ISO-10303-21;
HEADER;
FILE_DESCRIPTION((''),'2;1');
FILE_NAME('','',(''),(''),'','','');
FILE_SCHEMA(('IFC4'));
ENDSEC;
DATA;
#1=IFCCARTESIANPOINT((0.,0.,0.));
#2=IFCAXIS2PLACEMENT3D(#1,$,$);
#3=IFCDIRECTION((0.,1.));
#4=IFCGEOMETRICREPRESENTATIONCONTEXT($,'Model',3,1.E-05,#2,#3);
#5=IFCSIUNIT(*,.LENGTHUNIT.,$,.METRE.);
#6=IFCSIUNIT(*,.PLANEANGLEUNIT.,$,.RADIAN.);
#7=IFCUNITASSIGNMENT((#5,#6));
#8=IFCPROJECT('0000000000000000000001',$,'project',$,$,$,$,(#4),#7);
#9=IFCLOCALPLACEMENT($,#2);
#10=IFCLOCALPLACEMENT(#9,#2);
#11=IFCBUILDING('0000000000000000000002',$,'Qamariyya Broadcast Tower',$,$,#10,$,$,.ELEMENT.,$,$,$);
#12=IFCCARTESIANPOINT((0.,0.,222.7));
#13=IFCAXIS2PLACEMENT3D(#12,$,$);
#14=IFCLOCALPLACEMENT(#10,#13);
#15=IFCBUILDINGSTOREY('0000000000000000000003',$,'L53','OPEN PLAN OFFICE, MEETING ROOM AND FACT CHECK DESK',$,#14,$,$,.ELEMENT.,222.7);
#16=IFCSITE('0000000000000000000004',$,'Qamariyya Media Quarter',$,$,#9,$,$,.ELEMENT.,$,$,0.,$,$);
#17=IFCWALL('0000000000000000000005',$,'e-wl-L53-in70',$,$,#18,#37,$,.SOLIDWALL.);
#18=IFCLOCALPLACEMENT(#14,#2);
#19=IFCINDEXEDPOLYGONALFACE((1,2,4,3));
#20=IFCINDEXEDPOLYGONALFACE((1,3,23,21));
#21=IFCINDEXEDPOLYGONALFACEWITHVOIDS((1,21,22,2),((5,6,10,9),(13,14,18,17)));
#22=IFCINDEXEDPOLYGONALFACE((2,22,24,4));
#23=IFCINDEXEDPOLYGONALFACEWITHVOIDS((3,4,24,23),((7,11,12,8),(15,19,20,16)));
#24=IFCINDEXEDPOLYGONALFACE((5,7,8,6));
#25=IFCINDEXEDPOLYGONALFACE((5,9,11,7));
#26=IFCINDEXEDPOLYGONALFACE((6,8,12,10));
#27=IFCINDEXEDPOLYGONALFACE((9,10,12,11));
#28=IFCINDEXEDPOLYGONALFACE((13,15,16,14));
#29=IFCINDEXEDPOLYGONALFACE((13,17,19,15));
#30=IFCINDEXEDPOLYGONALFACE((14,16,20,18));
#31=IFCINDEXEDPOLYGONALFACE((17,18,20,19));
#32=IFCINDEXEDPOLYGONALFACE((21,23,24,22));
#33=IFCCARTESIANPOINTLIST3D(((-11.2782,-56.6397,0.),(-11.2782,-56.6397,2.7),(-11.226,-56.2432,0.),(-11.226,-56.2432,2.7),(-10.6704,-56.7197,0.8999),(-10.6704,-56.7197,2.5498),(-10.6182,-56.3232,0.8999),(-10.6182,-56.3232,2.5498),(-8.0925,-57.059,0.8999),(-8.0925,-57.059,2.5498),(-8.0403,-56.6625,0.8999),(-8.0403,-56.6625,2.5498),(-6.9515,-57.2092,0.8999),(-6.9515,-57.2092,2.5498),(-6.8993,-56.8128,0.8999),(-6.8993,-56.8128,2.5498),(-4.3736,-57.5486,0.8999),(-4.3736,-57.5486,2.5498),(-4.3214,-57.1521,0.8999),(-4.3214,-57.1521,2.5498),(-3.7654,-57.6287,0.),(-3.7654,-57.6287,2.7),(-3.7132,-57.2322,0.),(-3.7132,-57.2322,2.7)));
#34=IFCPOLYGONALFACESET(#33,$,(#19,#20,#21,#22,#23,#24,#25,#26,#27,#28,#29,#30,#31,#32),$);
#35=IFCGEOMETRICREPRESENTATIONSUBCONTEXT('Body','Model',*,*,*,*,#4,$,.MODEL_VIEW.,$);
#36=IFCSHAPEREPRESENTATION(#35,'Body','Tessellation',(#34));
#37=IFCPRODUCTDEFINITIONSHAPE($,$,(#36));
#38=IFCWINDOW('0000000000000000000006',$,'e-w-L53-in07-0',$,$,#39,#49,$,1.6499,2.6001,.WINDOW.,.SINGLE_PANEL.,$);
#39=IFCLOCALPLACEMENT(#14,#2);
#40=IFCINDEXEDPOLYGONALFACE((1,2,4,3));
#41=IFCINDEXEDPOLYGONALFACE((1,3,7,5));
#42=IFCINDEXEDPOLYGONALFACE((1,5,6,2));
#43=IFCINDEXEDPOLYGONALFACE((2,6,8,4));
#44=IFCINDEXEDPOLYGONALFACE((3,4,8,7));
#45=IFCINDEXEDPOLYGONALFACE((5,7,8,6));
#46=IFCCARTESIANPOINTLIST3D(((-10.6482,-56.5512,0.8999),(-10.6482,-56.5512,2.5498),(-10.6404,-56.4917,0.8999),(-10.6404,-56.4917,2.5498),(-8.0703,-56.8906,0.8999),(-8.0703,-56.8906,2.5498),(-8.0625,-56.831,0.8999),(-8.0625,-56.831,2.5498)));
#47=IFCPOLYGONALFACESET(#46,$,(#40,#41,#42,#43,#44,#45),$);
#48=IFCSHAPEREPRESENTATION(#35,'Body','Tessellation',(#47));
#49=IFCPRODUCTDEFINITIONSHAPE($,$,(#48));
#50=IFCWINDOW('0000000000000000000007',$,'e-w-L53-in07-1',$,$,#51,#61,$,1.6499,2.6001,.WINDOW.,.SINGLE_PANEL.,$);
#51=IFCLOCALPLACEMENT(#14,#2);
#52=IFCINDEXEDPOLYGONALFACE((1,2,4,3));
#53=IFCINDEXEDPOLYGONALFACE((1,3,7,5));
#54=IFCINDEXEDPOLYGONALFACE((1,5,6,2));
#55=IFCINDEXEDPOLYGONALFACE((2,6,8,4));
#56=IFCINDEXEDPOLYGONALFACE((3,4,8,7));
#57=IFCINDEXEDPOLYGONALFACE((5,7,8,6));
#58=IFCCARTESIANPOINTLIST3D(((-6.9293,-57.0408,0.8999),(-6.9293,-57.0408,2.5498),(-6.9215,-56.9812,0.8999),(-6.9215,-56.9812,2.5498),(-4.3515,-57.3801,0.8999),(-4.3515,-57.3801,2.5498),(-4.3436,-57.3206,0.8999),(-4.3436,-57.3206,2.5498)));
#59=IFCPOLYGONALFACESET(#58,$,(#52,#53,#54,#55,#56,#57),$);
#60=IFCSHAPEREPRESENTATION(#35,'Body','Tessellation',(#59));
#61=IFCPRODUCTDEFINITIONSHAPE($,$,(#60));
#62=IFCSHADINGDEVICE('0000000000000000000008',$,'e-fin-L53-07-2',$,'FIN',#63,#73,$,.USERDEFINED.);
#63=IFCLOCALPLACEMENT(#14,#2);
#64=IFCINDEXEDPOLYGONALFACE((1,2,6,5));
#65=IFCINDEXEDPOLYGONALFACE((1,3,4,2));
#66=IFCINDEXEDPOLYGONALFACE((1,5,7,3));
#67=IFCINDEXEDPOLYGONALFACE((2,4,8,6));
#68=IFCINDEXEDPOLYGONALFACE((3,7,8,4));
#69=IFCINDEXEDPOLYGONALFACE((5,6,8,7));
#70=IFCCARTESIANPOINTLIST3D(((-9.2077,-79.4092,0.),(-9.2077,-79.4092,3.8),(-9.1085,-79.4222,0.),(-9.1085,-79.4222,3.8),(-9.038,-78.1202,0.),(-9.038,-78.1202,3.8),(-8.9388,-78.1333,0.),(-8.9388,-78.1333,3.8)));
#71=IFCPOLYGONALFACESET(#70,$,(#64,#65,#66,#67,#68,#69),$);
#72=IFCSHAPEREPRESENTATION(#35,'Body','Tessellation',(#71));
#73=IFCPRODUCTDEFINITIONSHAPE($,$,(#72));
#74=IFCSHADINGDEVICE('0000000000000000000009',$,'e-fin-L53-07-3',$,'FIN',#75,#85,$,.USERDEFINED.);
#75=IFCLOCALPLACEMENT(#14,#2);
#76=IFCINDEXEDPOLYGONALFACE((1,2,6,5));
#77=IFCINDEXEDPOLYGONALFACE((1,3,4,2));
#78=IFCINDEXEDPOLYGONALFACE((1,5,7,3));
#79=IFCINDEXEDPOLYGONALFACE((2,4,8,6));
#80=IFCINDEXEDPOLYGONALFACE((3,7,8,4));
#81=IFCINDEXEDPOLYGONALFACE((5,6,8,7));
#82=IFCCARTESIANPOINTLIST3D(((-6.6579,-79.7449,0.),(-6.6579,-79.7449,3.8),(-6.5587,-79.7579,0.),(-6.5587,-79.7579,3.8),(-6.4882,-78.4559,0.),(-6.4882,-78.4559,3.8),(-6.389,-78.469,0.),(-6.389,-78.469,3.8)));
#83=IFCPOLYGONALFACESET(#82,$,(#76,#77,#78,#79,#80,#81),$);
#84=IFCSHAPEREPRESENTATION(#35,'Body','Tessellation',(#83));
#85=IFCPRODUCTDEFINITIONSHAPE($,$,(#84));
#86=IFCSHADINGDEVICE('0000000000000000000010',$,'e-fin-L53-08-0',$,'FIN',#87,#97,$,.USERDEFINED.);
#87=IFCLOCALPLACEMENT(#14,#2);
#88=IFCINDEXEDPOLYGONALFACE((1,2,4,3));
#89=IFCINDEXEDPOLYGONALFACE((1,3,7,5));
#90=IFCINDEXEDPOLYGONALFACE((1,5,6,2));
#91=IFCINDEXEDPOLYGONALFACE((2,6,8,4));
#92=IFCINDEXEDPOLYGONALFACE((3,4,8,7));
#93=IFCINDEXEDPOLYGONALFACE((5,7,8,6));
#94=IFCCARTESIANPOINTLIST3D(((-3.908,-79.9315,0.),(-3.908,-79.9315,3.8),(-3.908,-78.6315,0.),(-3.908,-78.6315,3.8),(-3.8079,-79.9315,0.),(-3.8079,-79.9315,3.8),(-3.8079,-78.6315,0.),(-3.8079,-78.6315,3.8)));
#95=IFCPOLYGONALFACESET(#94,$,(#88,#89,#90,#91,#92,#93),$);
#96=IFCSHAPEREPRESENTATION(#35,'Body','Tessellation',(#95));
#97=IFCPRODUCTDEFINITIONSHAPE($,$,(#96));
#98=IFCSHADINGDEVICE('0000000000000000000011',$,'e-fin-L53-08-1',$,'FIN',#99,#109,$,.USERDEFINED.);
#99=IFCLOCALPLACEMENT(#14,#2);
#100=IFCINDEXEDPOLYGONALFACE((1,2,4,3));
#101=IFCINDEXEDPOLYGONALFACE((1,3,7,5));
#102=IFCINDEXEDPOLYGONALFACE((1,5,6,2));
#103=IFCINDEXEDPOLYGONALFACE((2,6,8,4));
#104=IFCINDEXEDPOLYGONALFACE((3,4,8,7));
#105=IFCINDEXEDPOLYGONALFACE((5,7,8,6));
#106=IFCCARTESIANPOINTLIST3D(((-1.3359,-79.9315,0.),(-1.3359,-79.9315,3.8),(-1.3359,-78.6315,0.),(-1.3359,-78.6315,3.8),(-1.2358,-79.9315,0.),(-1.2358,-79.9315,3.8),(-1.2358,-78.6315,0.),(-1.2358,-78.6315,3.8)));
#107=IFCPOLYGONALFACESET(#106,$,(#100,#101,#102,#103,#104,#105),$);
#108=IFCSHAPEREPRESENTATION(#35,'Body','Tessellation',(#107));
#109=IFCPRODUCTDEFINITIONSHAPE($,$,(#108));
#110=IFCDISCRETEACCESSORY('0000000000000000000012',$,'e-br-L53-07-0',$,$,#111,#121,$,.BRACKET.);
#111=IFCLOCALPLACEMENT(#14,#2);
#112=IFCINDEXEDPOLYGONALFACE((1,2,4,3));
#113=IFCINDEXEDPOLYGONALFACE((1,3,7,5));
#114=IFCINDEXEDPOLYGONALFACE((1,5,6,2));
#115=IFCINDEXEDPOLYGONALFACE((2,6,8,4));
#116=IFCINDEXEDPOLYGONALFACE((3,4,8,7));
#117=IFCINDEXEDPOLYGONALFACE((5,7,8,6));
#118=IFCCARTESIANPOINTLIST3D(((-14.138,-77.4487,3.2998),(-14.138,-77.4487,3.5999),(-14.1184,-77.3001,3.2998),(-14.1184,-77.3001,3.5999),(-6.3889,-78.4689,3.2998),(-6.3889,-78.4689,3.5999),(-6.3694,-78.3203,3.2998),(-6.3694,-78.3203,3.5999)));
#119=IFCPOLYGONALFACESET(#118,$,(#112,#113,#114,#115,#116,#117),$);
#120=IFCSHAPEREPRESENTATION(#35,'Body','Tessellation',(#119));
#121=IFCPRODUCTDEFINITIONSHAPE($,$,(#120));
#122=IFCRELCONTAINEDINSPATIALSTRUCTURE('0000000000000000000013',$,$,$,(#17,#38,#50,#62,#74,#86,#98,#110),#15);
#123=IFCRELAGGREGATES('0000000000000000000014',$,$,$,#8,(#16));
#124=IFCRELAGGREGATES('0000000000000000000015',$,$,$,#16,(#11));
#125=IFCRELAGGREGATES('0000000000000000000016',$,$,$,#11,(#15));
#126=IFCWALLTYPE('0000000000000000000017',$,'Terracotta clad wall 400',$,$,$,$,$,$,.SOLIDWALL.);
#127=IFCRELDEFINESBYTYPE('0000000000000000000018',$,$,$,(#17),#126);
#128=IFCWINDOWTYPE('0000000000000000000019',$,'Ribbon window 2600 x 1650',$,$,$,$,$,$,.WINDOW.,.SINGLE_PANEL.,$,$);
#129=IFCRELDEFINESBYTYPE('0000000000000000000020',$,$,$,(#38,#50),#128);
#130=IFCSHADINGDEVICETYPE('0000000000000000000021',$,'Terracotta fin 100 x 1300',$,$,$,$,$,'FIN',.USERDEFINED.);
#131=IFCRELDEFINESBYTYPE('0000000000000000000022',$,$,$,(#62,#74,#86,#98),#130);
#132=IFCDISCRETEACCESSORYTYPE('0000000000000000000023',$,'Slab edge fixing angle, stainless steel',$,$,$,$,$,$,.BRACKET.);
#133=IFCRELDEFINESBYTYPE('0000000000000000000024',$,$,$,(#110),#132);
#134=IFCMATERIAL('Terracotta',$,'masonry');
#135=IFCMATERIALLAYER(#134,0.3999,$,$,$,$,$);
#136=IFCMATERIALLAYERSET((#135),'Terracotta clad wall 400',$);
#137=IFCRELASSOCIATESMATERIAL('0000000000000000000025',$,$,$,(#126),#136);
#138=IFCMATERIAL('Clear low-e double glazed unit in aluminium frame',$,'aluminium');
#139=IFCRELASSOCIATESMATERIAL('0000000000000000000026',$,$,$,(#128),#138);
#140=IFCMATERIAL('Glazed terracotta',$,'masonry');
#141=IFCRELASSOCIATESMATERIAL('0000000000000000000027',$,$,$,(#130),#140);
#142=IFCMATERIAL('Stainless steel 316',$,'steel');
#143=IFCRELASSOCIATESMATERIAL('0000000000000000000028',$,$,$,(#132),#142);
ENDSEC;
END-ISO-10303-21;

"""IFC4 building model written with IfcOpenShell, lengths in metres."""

from ifc_helpers import new_model, si_unit, direction, frame, frame_2d, origin, origin_2d, place, context, subcontext, project, spatial, rectangle, extrude, material, layer, layer_set, material_profile, profile_set, type_object, element, fill, save


model = new_model("IFC4")

# Units and contexts
model_context = context("Model", 3, precision=1e-05, world=origin(), true_north=direction((0.0, 1.0)))
body_context = subcontext(model_context, "Body", "Model", "MODEL_VIEW")
ifc_project = project(units=[si_unit("LENGTHUNIT", "METRE"), si_unit("PLANEANGLEUNIT", "RADIAN")], contexts=[model_context])

# Site, building, storey
site_placement = place(None, origin())
site = spatial("IfcSite", under=ifc_project, at=site_placement, Name="Qamariyya Media Quarter", CompositionType="ELEMENT", RefElevation=0.0)
building_placement = place(site_placement, origin())
building = spatial("IfcBuilding", under=site, at=building_placement, Name="Qamariyya Broadcast Tower", CompositionType="ELEMENT")
storey_placement = place(building_placement, frame((0.0, 0.0, 222.7)))
storey = spatial("IfcBuildingStorey", under=building, at=storey_placement, Name="L53", Description="OPEN PLAN OFFICE, MEETING ROOM AND FACT CHECK DESK", CompositionType="ELEMENT", Elevation=222.7)

# Wall, openings, windows
ifc_material_1 = material(Name="Terracotta", Category="masonry")
ifc_layer_1 = layer(ifc_material_1, 0.3999)
ifc_layer_set_1 = layer_set([ifc_layer_1], Name="Terracotta clad wall 400")
wall_type_1 = type_object("IfcWallType", Name="Terracotta clad wall 400", PredefinedType="SOLIDWALL", material=ifc_layer_set_1)
wall_1_placement = place(storey_placement, frame((-3.7393, -57.4304, 0.0), z_axis=(0.0, 0.0, 1.0), x_axis=(-0.991446, 0.130515, 0.0)))
wall_1 = element("IfcWall", 1, at=wall_1_placement, inside=storey, type_object=wall_type_1, Name="e-wl-L53-in70", PredefinedType="SOLIDWALL", context=body_context, shape_type="SweptSolid", body=[
    extrude(rectangle(XDim=7.5776, YDim=0.3999, at=frame_2d((3.7888, 0.0))), origin(), (0.0, 0.0, 1.0), 2.7),
])
opening_1_placement = place(wall_1_placement, frame((4.3645, 0.0, 0.8999)))
opening_1 = element("IfcOpeningElement", 2, at=opening_1_placement, cuts=wall_1, PredefinedType="OPENING", context=body_context, shape_type="SweptSolid", body=[
    extrude(rectangle(XDim=2.6001, YDim=1.6499, at=frame_2d((1.3, 0.825))), frame((0.0, 0.21, 0.0), z_axis=(0.0, -1.0, 0.0), x_axis=(1.0, 0.0, 0.0)), (0.0, 0.0, 1.0), 0.4199),
])
opening_2_placement = place(wall_1_placement, frame((0.6135, 0.0, 0.8999)))
opening_2 = element("IfcOpeningElement", 3, at=opening_2_placement, cuts=wall_1, PredefinedType="OPENING", context=body_context, shape_type="SweptSolid", body=[
    extrude(rectangle(XDim=2.6001, YDim=1.6499, at=frame_2d((1.3, 0.825))), frame((0.0, 0.21, 0.0), z_axis=(0.0, -1.0, 0.0), x_axis=(1.0, 0.0, 0.0)), (0.0, 0.0, 1.0), 0.4199),
])
ifc_material_2 = material(Name="Clear low-e double glazed unit in aluminium frame", Category="aluminium")
window_type = type_object("IfcWindowType", Name="Ribbon window 2600 x 1650", PartitioningType="SINGLE_PANEL", PredefinedType="WINDOW", material=ifc_material_2)
window_1_placement = place(opening_1_placement, origin())
window_1 = element("IfcWindow", 4, at=window_1_placement, inside=storey, type_object=window_type, Name="e-w-L53-in07-0", OverallHeight=1.6499, OverallWidth=2.6001, PartitioningType="SINGLE_PANEL", PredefinedType="WINDOW", context=body_context, shape_type="SweptSolid", body=[
    extrude(rectangle(XDim=2.6001, YDim=1.6499, at=frame_2d((1.3, 0.825))), frame((0.0, 0.03, 0.0), z_axis=(0.0, -1.0, 0.0), x_axis=(1.0, 0.0, 0.0)), (0.0, 0.0, 1.0), 0.0601),
])
fill(opening_1, window_1)
window_2_placement = place(opening_2_placement, origin())
window_2 = element("IfcWindow", 5, at=window_2_placement, inside=storey, type_object=window_type, Name="e-w-L53-in07-1", OverallHeight=1.6499, OverallWidth=2.6001, PartitioningType="SINGLE_PANEL", PredefinedType="WINDOW", context=body_context, shape_type="SweptSolid", body=[
    extrude(rectangle(XDim=2.6001, YDim=1.6499, at=frame_2d((1.3, 0.825))), frame((0.0, 0.03, 0.0), z_axis=(0.0, -1.0, 0.0), x_axis=(1.0, 0.0, 0.0)), (0.0, 0.0, 1.0), 0.0601),
])
fill(opening_2, window_2)

# Shading devices
ifc_material_3 = material(Name="Glazed terracotta", Category="masonry")
ifc_material_profile_1 = material_profile(ifc_material_3, rectangle(XDim=1.3, YDim=0.1001, at=origin_2d()))
ifc_profile_set_1 = profile_set([ifc_material_profile_1], Name="Glazed terracotta")
shading_device_type_1 = type_object("IfcShadingDeviceType", Name="Terracotta fin 100 x 1300", ElementType="FIN", PredefinedType="USERDEFINED", material=ifc_profile_set_1)
for number, where, z_axis, x_axis, name in (
    (6, (-9.0732, -78.7712, 0.0), (0.0, 0.0, 1.0), (-0.130526, -0.991445, 0.0), "e-fin-L53-07-2"),
    (7, (-6.5234, -79.1069, 0.0), (0.0, 0.0, 1.0), (-0.130526, -0.991445, 0.0), "e-fin-L53-07-3"),
    (8, (-3.8579, -79.2815, 0.0), (0.0, 0.0, 1.0), (0.0, -1.0, 0.0), "e-fin-L53-08-0"),
    (9, (-1.2859, -79.2815, 0.0), (0.0, 0.0, 1.0), (0.0, -1.0, 0.0), "e-fin-L53-08-1"),
):
    element("IfcShadingDevice", number, at=place(storey_placement, frame(where, z_axis=z_axis, x_axis=x_axis)), inside=storey, type_object=shading_device_type_1, Name=name, ObjectType="FIN", PredefinedType="USERDEFINED", context=body_context, shape_type="SweptSolid", body=[
        extrude(rectangle(XDim=1.3, YDim=0.1001, at=origin_2d()), origin(), (0.0, 0.0, 1.0), 3.8),
    ])

# Discrete accessory
ifc_material_4 = material(Name="Stainless steel 316", Category="steel")
discrete_accessory_type = type_object("IfcDiscreteAccessoryType", Name="Slab edge fixing angle, stainless steel", PredefinedType="BRACKET", material=ifc_material_4)
discrete_accessory_placement = place(storey_placement, frame((-10.2537, -77.8845, 3.2998), z_axis=(0.0, 0.0, 1.0), x_axis=(0.991445, -0.130526, 0.0)))
element("IfcDiscreteAccessory", 10, at=discrete_accessory_placement, inside=storey, type_object=discrete_accessory_type, Name="e-br-L53-07-0", PredefinedType="BRACKET", context=body_context, shape_type="SweptSolid", body=[
    extrude(rectangle(XDim=7.8159, YDim=0.1499, at=origin_2d()), origin(), (0.0, 0.0, 1.0), 0.3),
])

save(model, "model.ifc")
